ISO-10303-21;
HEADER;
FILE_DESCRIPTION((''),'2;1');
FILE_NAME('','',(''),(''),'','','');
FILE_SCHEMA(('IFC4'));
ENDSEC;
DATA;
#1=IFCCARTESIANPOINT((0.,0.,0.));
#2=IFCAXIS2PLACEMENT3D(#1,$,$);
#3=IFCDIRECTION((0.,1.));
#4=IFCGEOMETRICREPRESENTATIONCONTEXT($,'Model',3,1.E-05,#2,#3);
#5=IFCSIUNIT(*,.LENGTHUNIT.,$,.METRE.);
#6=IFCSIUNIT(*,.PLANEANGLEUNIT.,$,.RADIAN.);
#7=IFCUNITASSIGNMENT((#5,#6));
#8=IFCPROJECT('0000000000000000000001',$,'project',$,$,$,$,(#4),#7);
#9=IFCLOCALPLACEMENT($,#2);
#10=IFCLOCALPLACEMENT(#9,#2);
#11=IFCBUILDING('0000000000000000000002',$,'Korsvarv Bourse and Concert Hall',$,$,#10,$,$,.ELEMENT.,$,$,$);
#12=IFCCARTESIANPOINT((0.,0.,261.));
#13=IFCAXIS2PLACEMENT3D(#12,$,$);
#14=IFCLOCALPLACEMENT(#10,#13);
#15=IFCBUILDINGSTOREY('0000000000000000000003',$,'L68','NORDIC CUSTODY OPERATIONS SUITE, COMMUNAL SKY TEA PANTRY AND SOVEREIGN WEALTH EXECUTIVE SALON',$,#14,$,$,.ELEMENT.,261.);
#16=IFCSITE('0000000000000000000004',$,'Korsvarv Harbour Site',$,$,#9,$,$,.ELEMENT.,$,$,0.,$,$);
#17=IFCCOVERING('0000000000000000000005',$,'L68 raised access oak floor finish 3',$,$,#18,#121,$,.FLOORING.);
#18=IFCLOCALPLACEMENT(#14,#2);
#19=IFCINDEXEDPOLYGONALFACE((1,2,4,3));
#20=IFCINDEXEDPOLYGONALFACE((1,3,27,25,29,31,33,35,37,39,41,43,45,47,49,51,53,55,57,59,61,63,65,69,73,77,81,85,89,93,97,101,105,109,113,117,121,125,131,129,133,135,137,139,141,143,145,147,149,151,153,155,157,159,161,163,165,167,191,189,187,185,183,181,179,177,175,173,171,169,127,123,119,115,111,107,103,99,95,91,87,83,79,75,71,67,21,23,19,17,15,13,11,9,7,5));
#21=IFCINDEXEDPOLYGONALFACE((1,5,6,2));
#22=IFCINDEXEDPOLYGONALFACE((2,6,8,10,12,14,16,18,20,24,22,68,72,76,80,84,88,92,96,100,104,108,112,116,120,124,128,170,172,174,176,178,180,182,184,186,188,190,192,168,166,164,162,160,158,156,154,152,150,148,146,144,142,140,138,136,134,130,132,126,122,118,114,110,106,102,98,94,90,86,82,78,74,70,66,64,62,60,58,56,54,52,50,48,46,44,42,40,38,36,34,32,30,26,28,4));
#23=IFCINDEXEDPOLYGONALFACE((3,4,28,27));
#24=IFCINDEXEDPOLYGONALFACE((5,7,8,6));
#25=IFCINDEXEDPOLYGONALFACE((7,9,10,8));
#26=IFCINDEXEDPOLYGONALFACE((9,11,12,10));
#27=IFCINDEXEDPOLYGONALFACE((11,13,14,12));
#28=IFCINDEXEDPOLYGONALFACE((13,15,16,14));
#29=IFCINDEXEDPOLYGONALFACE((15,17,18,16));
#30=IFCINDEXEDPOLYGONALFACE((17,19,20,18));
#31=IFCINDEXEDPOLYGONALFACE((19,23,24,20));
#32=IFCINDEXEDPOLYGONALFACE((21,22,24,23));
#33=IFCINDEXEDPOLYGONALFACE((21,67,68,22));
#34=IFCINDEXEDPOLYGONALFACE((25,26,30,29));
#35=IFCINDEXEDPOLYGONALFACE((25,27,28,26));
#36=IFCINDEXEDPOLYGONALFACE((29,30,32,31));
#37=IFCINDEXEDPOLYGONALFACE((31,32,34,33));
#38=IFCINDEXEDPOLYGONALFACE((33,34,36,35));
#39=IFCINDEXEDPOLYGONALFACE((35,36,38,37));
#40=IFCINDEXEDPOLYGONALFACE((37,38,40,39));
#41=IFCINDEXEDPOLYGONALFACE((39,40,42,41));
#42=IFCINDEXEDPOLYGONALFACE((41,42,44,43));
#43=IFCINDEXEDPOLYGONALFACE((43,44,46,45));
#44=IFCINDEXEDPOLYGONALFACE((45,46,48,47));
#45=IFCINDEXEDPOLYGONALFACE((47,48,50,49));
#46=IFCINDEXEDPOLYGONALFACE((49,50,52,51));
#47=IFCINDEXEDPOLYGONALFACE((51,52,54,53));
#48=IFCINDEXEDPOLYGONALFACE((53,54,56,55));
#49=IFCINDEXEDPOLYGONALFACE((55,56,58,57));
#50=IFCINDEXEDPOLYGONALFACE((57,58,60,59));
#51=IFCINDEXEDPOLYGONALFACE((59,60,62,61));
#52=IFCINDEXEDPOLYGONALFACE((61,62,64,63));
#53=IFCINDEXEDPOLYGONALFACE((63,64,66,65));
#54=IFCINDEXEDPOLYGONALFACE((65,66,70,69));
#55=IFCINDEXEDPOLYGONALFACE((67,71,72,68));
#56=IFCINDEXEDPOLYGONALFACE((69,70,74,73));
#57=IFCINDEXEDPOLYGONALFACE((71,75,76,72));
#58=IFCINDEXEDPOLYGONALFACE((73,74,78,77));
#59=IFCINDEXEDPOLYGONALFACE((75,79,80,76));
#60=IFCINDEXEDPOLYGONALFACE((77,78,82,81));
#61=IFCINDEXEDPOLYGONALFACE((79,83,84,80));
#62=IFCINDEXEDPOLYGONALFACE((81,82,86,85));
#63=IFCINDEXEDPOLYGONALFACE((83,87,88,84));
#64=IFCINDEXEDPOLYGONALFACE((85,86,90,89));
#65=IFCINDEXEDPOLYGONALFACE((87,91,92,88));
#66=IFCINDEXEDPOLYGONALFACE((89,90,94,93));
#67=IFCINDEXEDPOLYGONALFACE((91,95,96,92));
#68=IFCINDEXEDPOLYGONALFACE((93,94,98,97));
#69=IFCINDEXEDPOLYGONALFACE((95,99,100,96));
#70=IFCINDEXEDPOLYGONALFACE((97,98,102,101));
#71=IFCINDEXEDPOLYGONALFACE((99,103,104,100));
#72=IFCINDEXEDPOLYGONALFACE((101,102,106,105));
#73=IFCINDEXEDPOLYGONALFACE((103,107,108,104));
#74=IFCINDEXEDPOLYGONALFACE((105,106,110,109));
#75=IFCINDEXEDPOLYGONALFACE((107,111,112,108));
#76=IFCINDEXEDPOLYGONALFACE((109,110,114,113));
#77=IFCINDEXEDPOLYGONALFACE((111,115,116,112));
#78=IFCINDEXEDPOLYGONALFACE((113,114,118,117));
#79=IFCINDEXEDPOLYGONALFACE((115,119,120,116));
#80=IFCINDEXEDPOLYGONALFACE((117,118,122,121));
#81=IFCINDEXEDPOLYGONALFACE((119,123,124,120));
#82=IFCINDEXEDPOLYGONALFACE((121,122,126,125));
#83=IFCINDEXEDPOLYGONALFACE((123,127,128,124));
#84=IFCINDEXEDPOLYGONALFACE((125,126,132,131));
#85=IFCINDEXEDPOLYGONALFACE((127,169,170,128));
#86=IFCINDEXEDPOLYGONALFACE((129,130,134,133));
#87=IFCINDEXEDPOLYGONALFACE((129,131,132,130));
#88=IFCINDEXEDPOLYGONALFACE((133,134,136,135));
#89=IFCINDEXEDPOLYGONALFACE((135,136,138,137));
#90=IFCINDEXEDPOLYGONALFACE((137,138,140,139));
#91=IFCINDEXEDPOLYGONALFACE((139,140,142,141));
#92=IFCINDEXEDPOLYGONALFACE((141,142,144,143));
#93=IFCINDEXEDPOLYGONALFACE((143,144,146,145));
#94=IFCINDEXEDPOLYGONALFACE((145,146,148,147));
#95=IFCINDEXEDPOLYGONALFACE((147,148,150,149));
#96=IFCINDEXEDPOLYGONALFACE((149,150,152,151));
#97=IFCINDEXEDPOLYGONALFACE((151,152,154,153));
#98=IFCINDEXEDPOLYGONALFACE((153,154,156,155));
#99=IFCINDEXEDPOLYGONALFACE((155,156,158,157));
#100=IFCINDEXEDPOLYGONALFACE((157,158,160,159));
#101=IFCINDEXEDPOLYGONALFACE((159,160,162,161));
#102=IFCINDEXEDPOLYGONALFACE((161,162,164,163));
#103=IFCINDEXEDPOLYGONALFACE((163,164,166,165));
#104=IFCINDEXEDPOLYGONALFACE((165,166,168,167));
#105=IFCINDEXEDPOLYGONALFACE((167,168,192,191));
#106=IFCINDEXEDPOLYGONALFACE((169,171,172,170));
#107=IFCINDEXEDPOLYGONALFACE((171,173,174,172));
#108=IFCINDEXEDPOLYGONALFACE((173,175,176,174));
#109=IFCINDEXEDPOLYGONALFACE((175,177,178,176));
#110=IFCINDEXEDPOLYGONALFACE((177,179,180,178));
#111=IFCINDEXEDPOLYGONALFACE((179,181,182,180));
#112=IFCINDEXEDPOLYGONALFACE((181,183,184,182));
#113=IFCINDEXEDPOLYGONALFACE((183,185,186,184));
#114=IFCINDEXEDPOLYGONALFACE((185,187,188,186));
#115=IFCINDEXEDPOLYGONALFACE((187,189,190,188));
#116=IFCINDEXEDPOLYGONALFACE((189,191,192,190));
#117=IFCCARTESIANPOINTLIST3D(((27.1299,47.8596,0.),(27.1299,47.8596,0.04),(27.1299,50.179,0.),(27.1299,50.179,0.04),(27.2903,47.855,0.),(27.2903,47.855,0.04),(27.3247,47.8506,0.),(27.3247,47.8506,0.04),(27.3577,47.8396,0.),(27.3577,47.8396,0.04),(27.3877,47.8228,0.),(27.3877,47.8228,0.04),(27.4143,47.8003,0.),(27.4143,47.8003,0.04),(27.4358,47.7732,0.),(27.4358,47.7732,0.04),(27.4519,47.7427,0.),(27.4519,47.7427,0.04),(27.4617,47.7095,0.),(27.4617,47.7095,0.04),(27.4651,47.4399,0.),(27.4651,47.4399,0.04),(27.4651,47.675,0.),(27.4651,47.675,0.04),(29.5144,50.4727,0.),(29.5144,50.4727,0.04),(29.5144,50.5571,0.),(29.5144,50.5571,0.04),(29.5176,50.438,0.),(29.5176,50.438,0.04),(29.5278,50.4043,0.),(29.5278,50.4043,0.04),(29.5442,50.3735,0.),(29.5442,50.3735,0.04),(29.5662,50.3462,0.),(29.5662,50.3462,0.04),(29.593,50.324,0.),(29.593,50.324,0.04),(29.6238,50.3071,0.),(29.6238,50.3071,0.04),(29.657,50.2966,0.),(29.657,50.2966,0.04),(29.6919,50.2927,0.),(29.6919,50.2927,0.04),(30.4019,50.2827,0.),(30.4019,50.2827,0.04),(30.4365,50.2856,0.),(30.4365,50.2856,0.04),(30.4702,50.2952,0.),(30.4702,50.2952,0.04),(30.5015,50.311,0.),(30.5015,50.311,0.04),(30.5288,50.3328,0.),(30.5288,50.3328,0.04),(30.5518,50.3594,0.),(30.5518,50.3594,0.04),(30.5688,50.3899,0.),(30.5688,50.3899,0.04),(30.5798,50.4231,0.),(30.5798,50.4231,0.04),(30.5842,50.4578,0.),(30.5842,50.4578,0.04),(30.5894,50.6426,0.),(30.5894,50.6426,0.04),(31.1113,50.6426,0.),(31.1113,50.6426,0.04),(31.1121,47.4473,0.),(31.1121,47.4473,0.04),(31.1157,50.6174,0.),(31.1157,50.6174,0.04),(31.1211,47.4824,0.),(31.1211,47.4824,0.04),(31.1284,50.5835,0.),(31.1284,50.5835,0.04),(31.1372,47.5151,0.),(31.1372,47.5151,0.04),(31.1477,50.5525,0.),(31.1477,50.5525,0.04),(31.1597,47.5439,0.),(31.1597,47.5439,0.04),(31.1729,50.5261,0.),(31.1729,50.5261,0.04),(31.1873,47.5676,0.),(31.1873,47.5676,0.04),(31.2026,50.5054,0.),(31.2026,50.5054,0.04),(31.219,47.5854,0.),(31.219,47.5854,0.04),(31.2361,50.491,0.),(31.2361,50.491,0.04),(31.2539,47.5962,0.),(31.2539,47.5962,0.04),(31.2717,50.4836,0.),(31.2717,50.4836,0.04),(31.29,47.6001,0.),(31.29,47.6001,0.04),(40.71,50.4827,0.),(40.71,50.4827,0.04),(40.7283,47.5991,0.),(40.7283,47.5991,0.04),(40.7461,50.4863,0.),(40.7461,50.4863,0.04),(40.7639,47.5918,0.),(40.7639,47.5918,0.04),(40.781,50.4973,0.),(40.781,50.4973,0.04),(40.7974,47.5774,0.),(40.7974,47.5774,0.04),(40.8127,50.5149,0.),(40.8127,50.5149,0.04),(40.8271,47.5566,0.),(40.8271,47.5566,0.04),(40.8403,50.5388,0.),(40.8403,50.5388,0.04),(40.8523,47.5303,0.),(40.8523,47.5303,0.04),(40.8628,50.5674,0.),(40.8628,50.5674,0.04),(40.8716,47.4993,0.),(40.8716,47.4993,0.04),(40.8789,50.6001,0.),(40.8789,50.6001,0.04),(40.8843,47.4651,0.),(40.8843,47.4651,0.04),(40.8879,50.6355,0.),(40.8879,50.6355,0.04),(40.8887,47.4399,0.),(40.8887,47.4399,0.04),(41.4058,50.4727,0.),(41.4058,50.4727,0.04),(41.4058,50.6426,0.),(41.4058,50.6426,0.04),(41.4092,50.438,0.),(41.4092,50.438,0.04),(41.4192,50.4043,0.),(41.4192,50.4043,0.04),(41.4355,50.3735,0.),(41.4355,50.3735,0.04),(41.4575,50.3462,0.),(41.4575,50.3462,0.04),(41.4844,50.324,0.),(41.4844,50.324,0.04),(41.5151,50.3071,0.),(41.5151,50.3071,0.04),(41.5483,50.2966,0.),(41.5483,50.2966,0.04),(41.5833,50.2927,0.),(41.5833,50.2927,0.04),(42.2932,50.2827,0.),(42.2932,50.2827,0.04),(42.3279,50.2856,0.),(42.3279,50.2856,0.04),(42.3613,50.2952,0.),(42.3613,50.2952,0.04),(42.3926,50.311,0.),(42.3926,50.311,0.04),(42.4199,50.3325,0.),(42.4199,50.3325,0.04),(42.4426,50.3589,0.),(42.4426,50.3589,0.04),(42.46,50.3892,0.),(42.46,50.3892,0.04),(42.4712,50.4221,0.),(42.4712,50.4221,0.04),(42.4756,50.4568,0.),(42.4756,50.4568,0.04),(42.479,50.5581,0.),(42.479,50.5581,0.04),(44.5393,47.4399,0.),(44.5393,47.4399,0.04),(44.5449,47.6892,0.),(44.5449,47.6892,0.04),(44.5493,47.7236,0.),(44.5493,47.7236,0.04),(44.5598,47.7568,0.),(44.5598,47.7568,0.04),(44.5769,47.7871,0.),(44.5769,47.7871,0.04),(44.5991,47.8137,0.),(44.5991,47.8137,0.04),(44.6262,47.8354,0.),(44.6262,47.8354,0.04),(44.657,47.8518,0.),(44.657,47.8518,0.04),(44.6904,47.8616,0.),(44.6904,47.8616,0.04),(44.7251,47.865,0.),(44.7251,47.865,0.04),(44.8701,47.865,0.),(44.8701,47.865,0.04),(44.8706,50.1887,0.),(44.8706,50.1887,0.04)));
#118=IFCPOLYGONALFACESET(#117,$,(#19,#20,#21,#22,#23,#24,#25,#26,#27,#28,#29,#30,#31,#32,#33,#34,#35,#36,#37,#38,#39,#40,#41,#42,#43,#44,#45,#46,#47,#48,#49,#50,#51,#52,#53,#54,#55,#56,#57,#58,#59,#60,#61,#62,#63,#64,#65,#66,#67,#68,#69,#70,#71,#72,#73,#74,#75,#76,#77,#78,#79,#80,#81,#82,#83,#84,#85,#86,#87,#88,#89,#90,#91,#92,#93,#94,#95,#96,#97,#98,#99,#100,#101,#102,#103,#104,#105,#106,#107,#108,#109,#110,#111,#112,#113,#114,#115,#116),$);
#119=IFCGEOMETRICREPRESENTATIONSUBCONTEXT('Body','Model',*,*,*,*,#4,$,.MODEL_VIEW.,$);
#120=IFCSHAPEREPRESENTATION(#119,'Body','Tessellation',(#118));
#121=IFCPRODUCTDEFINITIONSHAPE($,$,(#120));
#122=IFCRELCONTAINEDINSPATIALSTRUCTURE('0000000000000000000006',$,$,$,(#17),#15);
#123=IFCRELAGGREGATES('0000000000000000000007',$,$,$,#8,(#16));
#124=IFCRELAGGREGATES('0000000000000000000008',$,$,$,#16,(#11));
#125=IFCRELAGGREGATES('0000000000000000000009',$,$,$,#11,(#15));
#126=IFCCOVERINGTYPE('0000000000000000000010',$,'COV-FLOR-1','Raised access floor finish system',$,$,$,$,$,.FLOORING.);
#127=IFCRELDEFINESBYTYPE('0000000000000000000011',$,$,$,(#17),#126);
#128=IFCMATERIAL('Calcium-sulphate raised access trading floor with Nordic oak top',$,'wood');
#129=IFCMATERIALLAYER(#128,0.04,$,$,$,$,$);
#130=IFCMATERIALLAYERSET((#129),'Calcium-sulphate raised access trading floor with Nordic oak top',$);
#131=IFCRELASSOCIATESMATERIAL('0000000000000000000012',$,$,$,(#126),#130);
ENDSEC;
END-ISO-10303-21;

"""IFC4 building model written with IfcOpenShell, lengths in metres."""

from ifc_helpers import new_model, si_unit, direction, frame, origin, place, context, subcontext, project, spatial, polyline, outline, extrude, material, layer, layer_set, type_object, element, save


model = new_model("IFC4")

# Units and contexts
model_context = context("Model", 3, precision=1e-05, world=origin(), true_north=direction((0.0, 1.0)))
body_context = subcontext(model_context, "Body", "Model", "MODEL_VIEW")
ifc_project = project(units=[si_unit("LENGTHUNIT", "METRE"), si_unit("PLANEANGLEUNIT", "RADIAN")], contexts=[model_context])

# Site, building, storey
site_placement = place(None, origin())
site = spatial("IfcSite", under=ifc_project, at=site_placement, Name="Korsvarv Harbour Site", CompositionType="ELEMENT", RefElevation=0.0)
building_placement = place(site_placement, origin())
building = spatial("IfcBuilding", under=site, at=building_placement, Name="Korsvarv Bourse and Concert Hall", CompositionType="ELEMENT")
storey_placement = place(building_placement, frame((0.0, 0.0, 261.0)))
storey = spatial("IfcBuildingStorey", under=building, at=storey_placement, Name="L68", Description="NORDIC CUSTODY OPERATIONS SUITE, COMMUNAL SKY TEA PANTRY AND SOVEREIGN WEALTH EXECUTIVE SALON", CompositionType="ELEMENT", Elevation=261.0)

# Covering
ifc_material_1 = material(Name="Calcium-sulphate raised access trading floor with Nordic oak top", Category="wood")
ifc_layer_1 = layer(ifc_material_1, 0.04)
ifc_layer_set_1 = layer_set([ifc_layer_1], Name="Calcium-sulphate raised access trading floor with Nordic oak top")
covering_type_1 = type_object("IfcCoveringType", Name="COV-FLOR-1", Description="Raised access floor finish system", PredefinedType="FLOORING", material=ifc_layer_set_1)
covering_1_placement = place(storey_placement, origin())
element("IfcCovering", 1, at=covering_1_placement, inside=storey, type_object=covering_type_1, Name="L68 raised access oak floor finish 3", PredefinedType="FLOORING", context=body_context, shape_type="SweptSolid", body=[
    extrude(outline(polyline([(29.5144, 50.5571), (29.5144, 50.4727), (29.5176, 50.438), (29.5278, 50.4043), (29.5442, 50.3735), (29.5662, 50.3462), (29.593, 50.324), (29.6238, 50.3071), (29.657, 50.2966), (29.6919, 50.2927), (30.4019, 50.2827), (30.4365, 50.2856), (30.4702, 50.2952), (30.5015, 50.311), (30.5288, 50.3328), (30.5518, 50.3594), (30.5688, 50.3899), (30.5798, 50.4231), (30.5842, 50.4578), (30.5894, 50.6426), (31.1113, 50.6426), (31.1157, 50.6174), (31.1284, 50.5835), (31.1477, 50.5525), (31.1729, 50.5261), (31.2026, 50.5054), (31.2361, 50.491), (31.2717, 50.4836), (40.71, 50.4827), (40.7461, 50.4863), (40.781, 50.4973), (40.8127, 50.5149), (40.8403, 50.5388), (40.8628, 50.5674), (40.8789, 50.6001), (40.8879, 50.6355), (41.4058, 50.6426), (41.4058, 50.4727), (41.4092, 50.438), (41.4192, 50.4043), (41.4355, 50.3735), (41.4575, 50.3462), (41.4844, 50.324), (41.5151, 50.3071), (41.5483, 50.2966), (41.5833, 50.2927), (42.2932, 50.2827), (42.3279, 50.2856), (42.3613, 50.2952), (42.3926, 50.311), (42.4199, 50.3325), (42.4426, 50.3589), (42.46, 50.3892), (42.4712, 50.4221), (42.4756, 50.4568), (42.479, 50.5581), (44.8706, 50.1887), (44.8701, 47.865), (44.7251, 47.865), (44.6904, 47.8616), (44.657, 47.8518), (44.6262, 47.8354), (44.5991, 47.8137), (44.5769, 47.7871), (44.5598, 47.7568), (44.5493, 47.7236), (44.5449, 47.6892), (44.5393, 47.4399), (40.8887, 47.4399), (40.8843, 47.4651), (40.8716, 47.4993), (40.8523, 47.5303), (40.8271, 47.5566), (40.7974, 47.5774), (40.7639, 47.5918), (40.7283, 47.5991), (31.29, 47.6001), (31.2539, 47.5962), (31.219, 47.5854), (31.1873, 47.5676), (31.1597, 47.5439), (31.1372, 47.5151), (31.1211, 47.4824), (31.1121, 47.4473), (27.4651, 47.4399), (27.4651, 47.675), (27.4617, 47.7095), (27.4519, 47.7427), (27.4358, 47.7732), (27.4143, 47.8003), (27.3877, 47.8228), (27.3577, 47.8396), (27.3247, 47.8506), (27.2903, 47.855), (27.1299, 47.8596), (27.1299, 50.179), (29.5144, 50.5571)])), origin(), (0.0, 0.0, 1.0), 0.04),
])

save(model, "model.ifc")
